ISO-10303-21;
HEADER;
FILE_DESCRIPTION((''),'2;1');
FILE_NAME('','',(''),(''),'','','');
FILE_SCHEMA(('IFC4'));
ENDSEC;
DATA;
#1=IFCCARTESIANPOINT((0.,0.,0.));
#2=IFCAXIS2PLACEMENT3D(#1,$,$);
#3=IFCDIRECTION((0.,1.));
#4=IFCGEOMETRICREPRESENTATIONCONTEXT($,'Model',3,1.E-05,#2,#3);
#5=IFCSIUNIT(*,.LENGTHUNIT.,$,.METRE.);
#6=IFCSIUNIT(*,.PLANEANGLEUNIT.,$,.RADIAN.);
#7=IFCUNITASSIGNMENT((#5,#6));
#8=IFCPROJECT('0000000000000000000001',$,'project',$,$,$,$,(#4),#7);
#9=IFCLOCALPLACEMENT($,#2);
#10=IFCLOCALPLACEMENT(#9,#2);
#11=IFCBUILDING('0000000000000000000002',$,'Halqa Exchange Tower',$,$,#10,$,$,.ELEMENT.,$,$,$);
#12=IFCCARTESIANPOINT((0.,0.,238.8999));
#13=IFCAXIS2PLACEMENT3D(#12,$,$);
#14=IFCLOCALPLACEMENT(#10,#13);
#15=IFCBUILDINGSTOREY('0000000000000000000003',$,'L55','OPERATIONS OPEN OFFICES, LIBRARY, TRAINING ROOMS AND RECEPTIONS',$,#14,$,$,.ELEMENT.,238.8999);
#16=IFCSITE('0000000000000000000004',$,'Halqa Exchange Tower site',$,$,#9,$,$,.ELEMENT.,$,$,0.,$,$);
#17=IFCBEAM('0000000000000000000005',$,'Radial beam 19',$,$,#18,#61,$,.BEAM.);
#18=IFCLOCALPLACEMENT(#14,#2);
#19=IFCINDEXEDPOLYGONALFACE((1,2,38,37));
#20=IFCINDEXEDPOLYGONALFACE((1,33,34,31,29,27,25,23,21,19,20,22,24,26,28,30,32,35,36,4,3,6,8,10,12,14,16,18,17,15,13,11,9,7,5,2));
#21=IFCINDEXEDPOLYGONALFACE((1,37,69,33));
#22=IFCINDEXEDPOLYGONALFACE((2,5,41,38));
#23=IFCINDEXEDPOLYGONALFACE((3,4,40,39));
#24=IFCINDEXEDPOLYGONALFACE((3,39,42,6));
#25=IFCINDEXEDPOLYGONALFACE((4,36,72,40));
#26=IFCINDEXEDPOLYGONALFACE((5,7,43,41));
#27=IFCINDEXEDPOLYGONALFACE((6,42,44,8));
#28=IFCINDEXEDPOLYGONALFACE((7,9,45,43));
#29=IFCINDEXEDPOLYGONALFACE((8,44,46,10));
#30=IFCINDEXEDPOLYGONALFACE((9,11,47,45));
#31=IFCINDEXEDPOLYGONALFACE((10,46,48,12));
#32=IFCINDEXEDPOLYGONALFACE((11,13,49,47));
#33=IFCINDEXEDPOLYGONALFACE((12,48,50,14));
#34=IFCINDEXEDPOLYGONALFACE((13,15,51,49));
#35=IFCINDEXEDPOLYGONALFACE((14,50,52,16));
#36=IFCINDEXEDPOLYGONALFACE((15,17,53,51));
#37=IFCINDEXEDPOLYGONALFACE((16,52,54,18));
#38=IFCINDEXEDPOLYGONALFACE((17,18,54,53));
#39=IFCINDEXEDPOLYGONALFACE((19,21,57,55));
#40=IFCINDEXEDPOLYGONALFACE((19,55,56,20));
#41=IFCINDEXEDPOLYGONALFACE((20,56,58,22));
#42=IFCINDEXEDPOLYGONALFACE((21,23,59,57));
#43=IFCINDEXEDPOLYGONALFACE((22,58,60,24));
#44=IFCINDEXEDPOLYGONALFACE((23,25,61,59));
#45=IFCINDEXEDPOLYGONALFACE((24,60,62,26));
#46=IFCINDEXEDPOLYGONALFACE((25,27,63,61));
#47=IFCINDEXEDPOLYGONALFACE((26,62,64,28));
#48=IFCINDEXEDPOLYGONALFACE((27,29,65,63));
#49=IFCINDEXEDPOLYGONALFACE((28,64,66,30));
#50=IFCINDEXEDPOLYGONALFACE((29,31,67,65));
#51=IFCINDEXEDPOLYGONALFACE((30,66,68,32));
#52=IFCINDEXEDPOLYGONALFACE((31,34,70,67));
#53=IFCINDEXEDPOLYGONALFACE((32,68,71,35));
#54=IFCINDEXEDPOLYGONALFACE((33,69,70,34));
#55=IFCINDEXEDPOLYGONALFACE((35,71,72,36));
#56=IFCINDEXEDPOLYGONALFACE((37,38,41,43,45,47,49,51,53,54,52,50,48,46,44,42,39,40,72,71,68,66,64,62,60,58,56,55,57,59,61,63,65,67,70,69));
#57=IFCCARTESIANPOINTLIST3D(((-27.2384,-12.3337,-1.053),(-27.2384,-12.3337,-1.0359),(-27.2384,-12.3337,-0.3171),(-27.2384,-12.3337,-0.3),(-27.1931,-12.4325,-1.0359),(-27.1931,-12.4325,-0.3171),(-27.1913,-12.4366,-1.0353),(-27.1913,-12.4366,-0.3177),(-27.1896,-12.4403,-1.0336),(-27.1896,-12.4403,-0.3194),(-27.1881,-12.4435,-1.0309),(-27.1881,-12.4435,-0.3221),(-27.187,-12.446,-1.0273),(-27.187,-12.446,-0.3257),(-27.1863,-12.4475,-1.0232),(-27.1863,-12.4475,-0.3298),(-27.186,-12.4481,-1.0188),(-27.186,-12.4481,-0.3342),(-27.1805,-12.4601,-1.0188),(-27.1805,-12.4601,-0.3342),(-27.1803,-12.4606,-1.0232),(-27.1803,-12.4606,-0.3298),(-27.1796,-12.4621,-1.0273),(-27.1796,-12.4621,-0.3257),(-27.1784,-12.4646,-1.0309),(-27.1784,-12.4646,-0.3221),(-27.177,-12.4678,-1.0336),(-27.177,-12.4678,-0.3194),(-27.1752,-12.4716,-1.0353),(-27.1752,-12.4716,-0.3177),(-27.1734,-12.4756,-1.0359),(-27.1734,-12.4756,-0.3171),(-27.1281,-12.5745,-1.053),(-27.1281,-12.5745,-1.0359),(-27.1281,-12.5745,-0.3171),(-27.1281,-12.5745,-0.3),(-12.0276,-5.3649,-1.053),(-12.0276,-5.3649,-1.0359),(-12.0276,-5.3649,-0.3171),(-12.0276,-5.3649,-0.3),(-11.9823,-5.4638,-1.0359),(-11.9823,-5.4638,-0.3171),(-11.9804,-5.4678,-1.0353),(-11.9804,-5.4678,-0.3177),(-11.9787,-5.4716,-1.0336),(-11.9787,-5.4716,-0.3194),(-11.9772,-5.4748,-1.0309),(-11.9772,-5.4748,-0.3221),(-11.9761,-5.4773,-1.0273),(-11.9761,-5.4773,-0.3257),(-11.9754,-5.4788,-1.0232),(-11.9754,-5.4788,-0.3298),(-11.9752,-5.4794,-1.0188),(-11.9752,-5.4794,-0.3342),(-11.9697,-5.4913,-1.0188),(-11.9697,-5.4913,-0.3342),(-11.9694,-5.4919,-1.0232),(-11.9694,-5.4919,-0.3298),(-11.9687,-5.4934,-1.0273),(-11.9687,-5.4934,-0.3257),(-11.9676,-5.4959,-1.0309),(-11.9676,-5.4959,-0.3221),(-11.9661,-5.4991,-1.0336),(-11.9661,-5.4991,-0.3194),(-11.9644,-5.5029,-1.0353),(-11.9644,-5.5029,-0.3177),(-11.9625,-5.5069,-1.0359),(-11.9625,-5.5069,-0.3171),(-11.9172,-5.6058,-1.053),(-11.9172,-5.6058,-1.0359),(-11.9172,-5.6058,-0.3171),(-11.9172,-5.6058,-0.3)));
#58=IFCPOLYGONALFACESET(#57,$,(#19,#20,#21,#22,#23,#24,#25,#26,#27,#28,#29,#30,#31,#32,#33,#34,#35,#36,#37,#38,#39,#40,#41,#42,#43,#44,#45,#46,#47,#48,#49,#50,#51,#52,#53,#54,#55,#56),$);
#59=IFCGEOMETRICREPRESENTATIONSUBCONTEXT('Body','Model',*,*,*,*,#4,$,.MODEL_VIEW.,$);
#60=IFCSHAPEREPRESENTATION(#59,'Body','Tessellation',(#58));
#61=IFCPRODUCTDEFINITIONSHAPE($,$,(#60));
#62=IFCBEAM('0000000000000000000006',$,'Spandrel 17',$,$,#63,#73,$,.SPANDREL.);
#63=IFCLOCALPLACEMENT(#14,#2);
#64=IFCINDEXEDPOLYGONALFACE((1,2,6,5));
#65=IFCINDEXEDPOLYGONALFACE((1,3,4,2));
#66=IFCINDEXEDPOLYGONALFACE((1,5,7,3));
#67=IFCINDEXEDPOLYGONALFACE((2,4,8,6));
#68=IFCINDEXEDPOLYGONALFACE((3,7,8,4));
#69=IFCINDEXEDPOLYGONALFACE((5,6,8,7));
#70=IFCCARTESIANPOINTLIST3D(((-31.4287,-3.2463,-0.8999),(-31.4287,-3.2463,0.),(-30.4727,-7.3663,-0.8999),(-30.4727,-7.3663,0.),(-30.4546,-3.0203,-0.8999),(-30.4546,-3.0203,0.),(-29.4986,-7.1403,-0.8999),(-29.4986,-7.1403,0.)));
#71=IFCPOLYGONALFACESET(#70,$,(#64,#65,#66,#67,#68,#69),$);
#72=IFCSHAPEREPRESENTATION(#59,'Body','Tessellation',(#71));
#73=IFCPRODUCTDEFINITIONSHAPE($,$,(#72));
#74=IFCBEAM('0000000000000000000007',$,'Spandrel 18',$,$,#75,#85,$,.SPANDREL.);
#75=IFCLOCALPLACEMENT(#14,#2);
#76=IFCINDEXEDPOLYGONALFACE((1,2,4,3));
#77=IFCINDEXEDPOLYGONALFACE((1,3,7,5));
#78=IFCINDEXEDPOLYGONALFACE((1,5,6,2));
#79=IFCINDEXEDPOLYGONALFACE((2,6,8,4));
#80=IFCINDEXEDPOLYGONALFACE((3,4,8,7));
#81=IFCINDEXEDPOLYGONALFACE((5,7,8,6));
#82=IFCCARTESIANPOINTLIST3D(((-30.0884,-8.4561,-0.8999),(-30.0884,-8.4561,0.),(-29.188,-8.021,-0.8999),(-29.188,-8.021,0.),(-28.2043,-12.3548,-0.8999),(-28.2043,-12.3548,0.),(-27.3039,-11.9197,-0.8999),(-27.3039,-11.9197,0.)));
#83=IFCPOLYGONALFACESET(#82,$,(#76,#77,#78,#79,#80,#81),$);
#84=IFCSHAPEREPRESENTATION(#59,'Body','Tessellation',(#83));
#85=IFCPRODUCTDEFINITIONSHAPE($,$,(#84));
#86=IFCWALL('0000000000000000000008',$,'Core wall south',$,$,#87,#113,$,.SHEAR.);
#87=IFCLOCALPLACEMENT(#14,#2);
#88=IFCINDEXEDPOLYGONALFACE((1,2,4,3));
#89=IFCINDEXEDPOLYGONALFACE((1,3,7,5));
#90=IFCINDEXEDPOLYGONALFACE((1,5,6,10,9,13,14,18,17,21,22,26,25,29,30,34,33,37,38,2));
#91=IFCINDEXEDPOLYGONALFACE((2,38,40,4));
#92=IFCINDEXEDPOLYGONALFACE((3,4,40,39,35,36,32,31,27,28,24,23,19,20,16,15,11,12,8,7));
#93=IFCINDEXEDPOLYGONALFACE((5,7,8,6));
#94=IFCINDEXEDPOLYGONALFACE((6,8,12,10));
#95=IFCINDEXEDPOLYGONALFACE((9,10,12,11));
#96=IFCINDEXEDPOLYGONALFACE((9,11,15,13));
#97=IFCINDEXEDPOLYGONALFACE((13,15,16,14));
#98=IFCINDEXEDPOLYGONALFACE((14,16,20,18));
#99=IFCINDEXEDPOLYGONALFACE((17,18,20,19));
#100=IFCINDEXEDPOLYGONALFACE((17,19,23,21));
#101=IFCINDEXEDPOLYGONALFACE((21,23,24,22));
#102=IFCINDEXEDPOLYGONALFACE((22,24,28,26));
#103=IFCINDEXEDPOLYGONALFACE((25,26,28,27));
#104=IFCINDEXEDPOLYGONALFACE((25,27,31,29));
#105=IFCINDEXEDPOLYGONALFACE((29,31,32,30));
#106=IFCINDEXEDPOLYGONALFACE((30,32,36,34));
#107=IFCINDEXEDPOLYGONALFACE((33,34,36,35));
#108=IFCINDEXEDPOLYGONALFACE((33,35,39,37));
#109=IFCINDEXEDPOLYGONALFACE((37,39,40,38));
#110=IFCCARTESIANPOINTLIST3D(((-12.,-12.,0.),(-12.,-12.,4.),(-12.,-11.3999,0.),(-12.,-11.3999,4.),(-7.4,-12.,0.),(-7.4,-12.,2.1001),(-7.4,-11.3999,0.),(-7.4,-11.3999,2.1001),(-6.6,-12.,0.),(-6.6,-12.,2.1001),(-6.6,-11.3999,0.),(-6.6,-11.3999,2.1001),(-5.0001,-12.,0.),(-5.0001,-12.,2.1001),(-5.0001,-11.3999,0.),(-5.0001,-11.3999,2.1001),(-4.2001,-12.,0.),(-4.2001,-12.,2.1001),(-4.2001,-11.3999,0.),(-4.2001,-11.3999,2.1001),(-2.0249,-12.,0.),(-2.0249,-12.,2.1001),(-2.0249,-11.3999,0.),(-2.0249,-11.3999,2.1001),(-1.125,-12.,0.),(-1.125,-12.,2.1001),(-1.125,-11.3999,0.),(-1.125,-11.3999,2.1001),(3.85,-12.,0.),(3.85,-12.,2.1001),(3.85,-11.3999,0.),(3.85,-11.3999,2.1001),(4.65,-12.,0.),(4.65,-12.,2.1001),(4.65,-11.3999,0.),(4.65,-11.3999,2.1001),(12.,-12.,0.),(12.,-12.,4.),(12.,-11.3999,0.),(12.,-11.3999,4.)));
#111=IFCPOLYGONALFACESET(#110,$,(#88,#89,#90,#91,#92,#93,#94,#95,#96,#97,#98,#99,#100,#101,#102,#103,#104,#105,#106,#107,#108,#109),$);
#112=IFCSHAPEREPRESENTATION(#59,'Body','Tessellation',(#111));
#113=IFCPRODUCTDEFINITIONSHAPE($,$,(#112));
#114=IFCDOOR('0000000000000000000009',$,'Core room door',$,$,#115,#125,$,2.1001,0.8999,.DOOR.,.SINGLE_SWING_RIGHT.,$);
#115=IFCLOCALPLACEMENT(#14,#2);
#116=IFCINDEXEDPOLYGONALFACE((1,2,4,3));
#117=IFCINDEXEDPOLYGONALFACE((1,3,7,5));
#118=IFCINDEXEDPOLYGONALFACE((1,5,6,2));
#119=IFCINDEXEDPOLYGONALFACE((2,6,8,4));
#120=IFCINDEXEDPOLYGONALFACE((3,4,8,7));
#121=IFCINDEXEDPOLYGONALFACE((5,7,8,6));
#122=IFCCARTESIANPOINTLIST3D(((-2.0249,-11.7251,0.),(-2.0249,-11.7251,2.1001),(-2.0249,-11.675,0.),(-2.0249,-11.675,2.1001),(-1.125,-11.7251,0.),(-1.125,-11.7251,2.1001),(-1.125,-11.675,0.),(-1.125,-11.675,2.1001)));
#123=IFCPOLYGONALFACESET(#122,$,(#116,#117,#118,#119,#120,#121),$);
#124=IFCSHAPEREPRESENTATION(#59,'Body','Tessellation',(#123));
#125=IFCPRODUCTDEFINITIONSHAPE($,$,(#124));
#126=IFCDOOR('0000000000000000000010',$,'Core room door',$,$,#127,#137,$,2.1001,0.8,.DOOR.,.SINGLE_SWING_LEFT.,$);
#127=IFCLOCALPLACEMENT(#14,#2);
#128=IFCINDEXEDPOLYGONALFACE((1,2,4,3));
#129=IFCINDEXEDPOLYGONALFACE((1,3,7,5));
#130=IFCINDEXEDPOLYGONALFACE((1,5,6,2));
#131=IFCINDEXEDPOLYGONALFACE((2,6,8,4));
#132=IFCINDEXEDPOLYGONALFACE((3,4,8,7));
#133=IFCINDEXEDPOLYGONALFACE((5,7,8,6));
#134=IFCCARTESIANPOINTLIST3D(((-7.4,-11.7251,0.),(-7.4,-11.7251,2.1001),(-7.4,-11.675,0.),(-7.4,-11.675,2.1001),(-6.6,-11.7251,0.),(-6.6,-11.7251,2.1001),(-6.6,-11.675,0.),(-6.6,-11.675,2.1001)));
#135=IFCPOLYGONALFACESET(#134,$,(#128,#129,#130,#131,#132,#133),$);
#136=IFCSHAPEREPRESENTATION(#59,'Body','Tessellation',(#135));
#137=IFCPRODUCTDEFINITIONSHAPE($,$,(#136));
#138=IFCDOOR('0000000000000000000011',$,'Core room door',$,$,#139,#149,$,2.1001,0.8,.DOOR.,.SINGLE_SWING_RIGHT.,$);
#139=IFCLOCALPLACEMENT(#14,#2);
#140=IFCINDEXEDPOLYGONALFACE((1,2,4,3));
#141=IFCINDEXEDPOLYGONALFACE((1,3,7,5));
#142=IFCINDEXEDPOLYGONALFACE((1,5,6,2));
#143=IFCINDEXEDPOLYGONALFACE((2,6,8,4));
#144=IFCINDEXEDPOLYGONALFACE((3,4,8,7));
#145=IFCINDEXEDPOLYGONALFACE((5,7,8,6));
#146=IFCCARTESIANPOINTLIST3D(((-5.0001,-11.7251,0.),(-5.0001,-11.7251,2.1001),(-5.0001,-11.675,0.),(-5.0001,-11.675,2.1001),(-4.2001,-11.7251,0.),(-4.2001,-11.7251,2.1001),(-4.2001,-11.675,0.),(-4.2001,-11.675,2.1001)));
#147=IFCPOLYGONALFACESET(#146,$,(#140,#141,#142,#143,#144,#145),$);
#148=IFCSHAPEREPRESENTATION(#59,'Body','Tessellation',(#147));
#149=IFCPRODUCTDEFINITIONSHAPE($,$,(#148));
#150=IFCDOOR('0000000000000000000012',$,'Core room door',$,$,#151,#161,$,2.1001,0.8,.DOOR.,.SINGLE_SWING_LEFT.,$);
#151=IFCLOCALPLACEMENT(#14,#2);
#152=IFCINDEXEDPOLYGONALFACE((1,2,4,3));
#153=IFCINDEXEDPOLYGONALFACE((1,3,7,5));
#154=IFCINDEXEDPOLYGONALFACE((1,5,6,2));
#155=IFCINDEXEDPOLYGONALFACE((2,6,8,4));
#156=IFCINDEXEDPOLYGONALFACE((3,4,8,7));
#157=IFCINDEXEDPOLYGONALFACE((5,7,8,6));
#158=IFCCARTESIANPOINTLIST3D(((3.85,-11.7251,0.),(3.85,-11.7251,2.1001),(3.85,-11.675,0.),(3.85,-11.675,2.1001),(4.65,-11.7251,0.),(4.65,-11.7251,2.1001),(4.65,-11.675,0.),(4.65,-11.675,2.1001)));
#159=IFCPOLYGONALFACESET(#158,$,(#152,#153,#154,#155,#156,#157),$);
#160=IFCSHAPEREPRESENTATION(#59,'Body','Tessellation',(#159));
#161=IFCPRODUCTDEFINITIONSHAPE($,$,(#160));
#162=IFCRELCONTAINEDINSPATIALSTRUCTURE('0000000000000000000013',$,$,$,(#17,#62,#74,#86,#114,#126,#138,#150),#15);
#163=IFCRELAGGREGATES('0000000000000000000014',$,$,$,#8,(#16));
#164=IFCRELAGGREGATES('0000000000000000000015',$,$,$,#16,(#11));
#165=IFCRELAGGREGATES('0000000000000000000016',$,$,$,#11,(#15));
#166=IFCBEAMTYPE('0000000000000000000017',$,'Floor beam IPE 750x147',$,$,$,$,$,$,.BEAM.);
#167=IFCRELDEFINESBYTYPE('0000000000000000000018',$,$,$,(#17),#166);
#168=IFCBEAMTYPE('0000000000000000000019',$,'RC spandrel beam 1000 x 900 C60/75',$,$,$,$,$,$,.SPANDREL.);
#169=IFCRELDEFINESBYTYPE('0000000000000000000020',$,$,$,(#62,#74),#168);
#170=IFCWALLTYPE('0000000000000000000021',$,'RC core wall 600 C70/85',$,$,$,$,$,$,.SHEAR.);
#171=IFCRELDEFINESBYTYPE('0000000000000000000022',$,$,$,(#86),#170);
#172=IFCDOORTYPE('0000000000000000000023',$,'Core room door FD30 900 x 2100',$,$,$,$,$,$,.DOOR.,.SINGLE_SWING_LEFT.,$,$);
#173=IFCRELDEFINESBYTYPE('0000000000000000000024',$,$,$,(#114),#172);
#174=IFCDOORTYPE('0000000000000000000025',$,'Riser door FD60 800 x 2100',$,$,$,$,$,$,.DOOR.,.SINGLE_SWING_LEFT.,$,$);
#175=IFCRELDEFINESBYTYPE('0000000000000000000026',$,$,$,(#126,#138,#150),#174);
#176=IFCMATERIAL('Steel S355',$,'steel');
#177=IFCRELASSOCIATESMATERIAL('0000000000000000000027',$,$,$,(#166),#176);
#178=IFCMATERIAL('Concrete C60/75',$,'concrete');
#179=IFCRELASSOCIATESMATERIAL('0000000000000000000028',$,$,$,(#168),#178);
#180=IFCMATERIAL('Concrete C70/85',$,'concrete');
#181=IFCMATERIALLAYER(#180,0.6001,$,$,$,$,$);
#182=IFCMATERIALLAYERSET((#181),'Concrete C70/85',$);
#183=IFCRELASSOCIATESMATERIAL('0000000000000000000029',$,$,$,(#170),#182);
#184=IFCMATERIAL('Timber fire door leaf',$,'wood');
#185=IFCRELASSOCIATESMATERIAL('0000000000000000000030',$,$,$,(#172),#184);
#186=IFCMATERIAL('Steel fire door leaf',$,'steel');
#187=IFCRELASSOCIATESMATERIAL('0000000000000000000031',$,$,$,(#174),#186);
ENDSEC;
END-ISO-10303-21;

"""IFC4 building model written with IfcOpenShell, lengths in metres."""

from ifc_helpers import new_model, si_unit, direction, frame, frame_2d, origin, origin_2d, place, context, subcontext, project, spatial, rectangle, i_section, extrude, material, layer, layer_set, material_profile, profile_set, type_object, element, fill, save


model = new_model("IFC4")

# Units and contexts
model_context = context("Model", 3, precision=1e-05, world=origin(), true_north=direction((0.0, 1.0)))
body_context = subcontext(model_context, "Body", "Model", "MODEL_VIEW")
ifc_project = project(units=[si_unit("LENGTHUNIT", "METRE"), si_unit("PLANEANGLEUNIT", "RADIAN")], contexts=[model_context])

# Site, building, storey
site_placement = place(None, origin())
site = spatial("IfcSite", under=ifc_project, at=site_placement, Name="Halqa Exchange Tower site", CompositionType="ELEMENT", RefElevation=0.0)
building_placement = place(site_placement, origin())
building = spatial("IfcBuilding", under=site, at=building_placement, Name="Halqa Exchange Tower", CompositionType="ELEMENT")
storey_placement = place(building_placement, frame((0.0, 0.0, 238.8999)))
storey = spatial("IfcBuildingStorey", under=building, at=storey_placement, Name="L55", Description="OPERATIONS OPEN OFFICES, LIBRARY, TRAINING ROOMS AND RECEPTIONS", CompositionType="ELEMENT", Elevation=238.8999)

# Shared definitions
ifc_material_1 = material(Name="Concrete C60/75", Category="concrete")

# Beams
ifc_material_2 = material(Name="Steel S355", Category="steel")
ifc_material_profile_1 = material_profile(ifc_material_2, i_section(OverallWidth=0.2649, OverallDepth=0.7529, WebThickness=0.0132, FlangeThickness=0.0171, FilletRadius=0.0171, at=origin_2d()), Name="IPE 750x147")
ifc_profile_set_1 = profile_set([ifc_material_profile_1], Name="Steel S355")
beam_type_1 = type_object("IfcBeamType", Name="Floor beam IPE 750x147", PredefinedType="BEAM", material=ifc_profile_set_1)
beam_1_placement = place(storey_placement, frame((-11.9724, -5.4854, -0.6765), z_axis=(-0.909131, -0.41651, 0.0), x_axis=(0.41651, -0.909131, 0.0)))
element("IfcBeam", 1, at=beam_1_placement, inside=storey, type_object=beam_type_1, Name="Radial beam 19", PredefinedType="BEAM", context=body_context, shape_type="SweptSolid", body=[
    extrude(i_section(OverallWidth=0.2649, OverallDepth=0.7529, WebThickness=0.0132, FlangeThickness=0.0171, FilletRadius=0.0171, at=origin_2d()), origin(), (0.0, 0.0, 1.0), 16.7312),
])
ifc_material_profile_2 = material_profile(ifc_material_1, rectangle(XDim=1.0, YDim=0.8999, at=origin_2d()), Name="1000 x 900")
ifc_profile_set_2 = profile_set([ifc_material_profile_2], Name="Concrete C60/75")
beam_type_2 = type_object("IfcBeamType", Name="RC spandrel beam 1000 x 900 C60/75", PredefinedType="SPANDREL", material=ifc_profile_set_2)
beam_2_placement = place(storey_placement, frame((-30.9417, -3.1333, -0.45), z_axis=(0.22604, -0.974118, 0.0), x_axis=(0.974118, 0.22604, 0.0)))
element("IfcBeam", 2, at=beam_2_placement, inside=storey, type_object=beam_type_2, Name="Spandrel 17", PredefinedType="SPANDREL", context=body_context, shape_type="SweptSolid", body=[
    extrude(rectangle(XDim=1.0, YDim=0.8999, at=origin_2d()), origin(), (0.0, 0.0, 1.0), 4.2295),
])
beam_3_placement = place(storey_placement, frame((-29.6382, -8.2385, -0.45), z_axis=(0.435107, -0.900379, 0.0), x_axis=(0.900379, 0.435107, 0.0)))
element("IfcBeam", 3, at=beam_3_placement, inside=storey, type_object=beam_type_2, Name="Spandrel 18", PredefinedType="SPANDREL", context=body_context, shape_type="SweptSolid", body=[
    extrude(rectangle(XDim=1.0, YDim=0.8999, at=origin_2d()), origin(), (0.0, 0.0, 1.0), 4.3301),
])

# Shared definitions
ifc_material_3 = material(Name="Steel fire door leaf", Category="steel")

# Wall, openings, doors
ifc_material_4 = material(Name="Concrete C70/85", Category="concrete")
ifc_layer_1 = layer(ifc_material_4, 0.6001)
ifc_layer_set_1 = layer_set([ifc_layer_1], Name="Concrete C70/85")
wall_type_1 = type_object("IfcWallType", Name="RC core wall 600 C70/85", PredefinedType="SHEAR", material=ifc_layer_set_1)
wall_1_placement = place(storey_placement, frame((-12.0, -11.7, 0.0), z_axis=(0.0, 0.0, 1.0), x_axis=(1.0, 0.0, 0.0)))
wall_1 = element("IfcWall", 4, at=wall_1_placement, inside=storey, type_object=wall_type_1, Name="Core wall south", PredefinedType="SHEAR", context=body_context, shape_type="SweptSolid", body=[
    extrude(rectangle(XDim=24.0, YDim=0.6001, at=frame_2d((12.0, 0.0))), origin(), (0.0, 0.0, 1.0), 4.0),
])
opening_1_placement = place(wall_1_placement, frame((9.9751, 0.0, 0.0)))
opening_1 = element("IfcOpeningElement", 5, at=opening_1_placement, cuts=wall_1, PredefinedType="OPENING", context=body_context, shape_type="SweptSolid", body=[
    extrude(rectangle(XDim=0.8999, YDim=2.1001, at=frame_2d((0.45, 1.05))), frame((0.0, 0.312, 0.0), z_axis=(0.0, -1.0, 0.0), x_axis=(1.0, 0.0, 0.0)), (0.0, 0.0, 1.0), 0.624),
])
opening_2_placement = place(wall_1_placement, frame((4.6001, 0.0, 0.0)))
opening_2 = element("IfcOpeningElement", 6, at=opening_2_placement, cuts=wall_1, PredefinedType="OPENING", context=body_context, shape_type="SweptSolid", body=[
    extrude(rectangle(XDim=0.8, YDim=2.1001, at=frame_2d((0.3999, 1.05))), frame((0.0, 0.312, 0.0), z_axis=(0.0, -1.0, 0.0), x_axis=(1.0, 0.0, 0.0)), (0.0, 0.0, 1.0), 0.624),
])
opening_3_placement = place(wall_1_placement, frame((7.0, 0.0, 0.0)))
opening_3 = element("IfcOpeningElement", 7, at=opening_3_placement, cuts=wall_1, PredefinedType="OPENING", context=body_context, shape_type="SweptSolid", body=[
    extrude(rectangle(XDim=0.8, YDim=2.1001, at=frame_2d((0.3999, 1.05))), frame((0.0, 0.312, 0.0), z_axis=(0.0, -1.0, 0.0), x_axis=(1.0, 0.0, 0.0)), (0.0, 0.0, 1.0), 0.624),
])
opening_4_placement = place(wall_1_placement, frame((15.8501, 0.0, 0.0)))
opening_4 = element("IfcOpeningElement", 8, at=opening_4_placement, cuts=wall_1, PredefinedType="OPENING", context=body_context, shape_type="SweptSolid", body=[
    extrude(rectangle(XDim=0.8, YDim=2.1001, at=frame_2d((0.3999, 1.05))), frame((0.0, 0.312, 0.0), z_axis=(0.0, -1.0, 0.0), x_axis=(1.0, 0.0, 0.0)), (0.0, 0.0, 1.0), 0.624),
])
ifc_material_5 = material(Name="Timber fire door leaf", Category="wood")
door_type_1 = type_object("IfcDoorType", Name="Core room door FD30 900 x 2100", OperationType="SINGLE_SWING_LEFT", PredefinedType="DOOR", material=ifc_material_5)
door_1_placement = place(opening_1_placement, origin())
door_1 = element("IfcDoor", 9, at=door_1_placement, inside=storey, type_object=door_type_1, Name="Core room door", OperationType="SINGLE_SWING_RIGHT", OverallHeight=2.1001, OverallWidth=0.8999, PredefinedType="DOOR", context=body_context, shape_type="SweptSolid", body=[
    extrude(rectangle(XDim=0.8999, YDim=2.1001, at=frame_2d((0.45, 1.05))), frame((0.0, 0.0249, 0.0), z_axis=(0.0, -1.0, 0.0), x_axis=(1.0, 0.0, 0.0)), (0.0, 0.0, 1.0), 0.05),
])
fill(opening_1, door_1)
door_type_2 = type_object("IfcDoorType", Name="Riser door FD60 800 x 2100", OperationType="SINGLE_SWING_LEFT", PredefinedType="DOOR", material=ifc_material_3)
door_2_placement = place(opening_2_placement, origin())
door_2 = element("IfcDoor", 10, at=door_2_placement, inside=storey, type_object=door_type_2, Name="Core room door", OperationType="SINGLE_SWING_LEFT", OverallHeight=2.1001, OverallWidth=0.8, PredefinedType="DOOR", context=body_context, shape_type="SweptSolid", body=[
    extrude(rectangle(XDim=0.8, YDim=2.1001, at=frame_2d((0.3999, 1.05))), frame((0.0, 0.0249, 0.0), z_axis=(0.0, -1.0, 0.0), x_axis=(1.0, 0.0, 0.0)), (0.0, 0.0, 1.0), 0.05),
])
fill(opening_2, door_2)
door_3_placement = place(opening_3_placement, origin())
door_3 = element("IfcDoor", 11, at=door_3_placement, inside=storey, type_object=door_type_2, Name="Core room door", OperationType="SINGLE_SWING_RIGHT", OverallHeight=2.1001, OverallWidth=0.8, PredefinedType="DOOR", context=body_context, shape_type="SweptSolid", body=[
    extrude(rectangle(XDim=0.8, YDim=2.1001, at=frame_2d((0.3999, 1.05))), frame((0.0, 0.0249, 0.0), z_axis=(0.0, -1.0, 0.0), x_axis=(1.0, 0.0, 0.0)), (0.0, 0.0, 1.0), 0.05),
])
fill(opening_3, door_3)
door_4_placement = place(opening_4_placement, origin())
door_4 = element("IfcDoor", 12, at=door_4_placement, inside=storey, type_object=door_type_2, Name="Core room door", OperationType="SINGLE_SWING_LEFT", OverallHeight=2.1001, OverallWidth=0.8, PredefinedType="DOOR", context=body_context, shape_type="SweptSolid", body=[
    extrude(rectangle(XDim=0.8, YDim=2.1001, at=frame_2d((0.3999, 1.05))), frame((0.0, 0.0249, 0.0), z_axis=(0.0, -1.0, 0.0), x_axis=(1.0, 0.0, 0.0)), (0.0, 0.0, 1.0), 0.05),
])
fill(opening_4, door_4)

save(model, "model.ifc")
